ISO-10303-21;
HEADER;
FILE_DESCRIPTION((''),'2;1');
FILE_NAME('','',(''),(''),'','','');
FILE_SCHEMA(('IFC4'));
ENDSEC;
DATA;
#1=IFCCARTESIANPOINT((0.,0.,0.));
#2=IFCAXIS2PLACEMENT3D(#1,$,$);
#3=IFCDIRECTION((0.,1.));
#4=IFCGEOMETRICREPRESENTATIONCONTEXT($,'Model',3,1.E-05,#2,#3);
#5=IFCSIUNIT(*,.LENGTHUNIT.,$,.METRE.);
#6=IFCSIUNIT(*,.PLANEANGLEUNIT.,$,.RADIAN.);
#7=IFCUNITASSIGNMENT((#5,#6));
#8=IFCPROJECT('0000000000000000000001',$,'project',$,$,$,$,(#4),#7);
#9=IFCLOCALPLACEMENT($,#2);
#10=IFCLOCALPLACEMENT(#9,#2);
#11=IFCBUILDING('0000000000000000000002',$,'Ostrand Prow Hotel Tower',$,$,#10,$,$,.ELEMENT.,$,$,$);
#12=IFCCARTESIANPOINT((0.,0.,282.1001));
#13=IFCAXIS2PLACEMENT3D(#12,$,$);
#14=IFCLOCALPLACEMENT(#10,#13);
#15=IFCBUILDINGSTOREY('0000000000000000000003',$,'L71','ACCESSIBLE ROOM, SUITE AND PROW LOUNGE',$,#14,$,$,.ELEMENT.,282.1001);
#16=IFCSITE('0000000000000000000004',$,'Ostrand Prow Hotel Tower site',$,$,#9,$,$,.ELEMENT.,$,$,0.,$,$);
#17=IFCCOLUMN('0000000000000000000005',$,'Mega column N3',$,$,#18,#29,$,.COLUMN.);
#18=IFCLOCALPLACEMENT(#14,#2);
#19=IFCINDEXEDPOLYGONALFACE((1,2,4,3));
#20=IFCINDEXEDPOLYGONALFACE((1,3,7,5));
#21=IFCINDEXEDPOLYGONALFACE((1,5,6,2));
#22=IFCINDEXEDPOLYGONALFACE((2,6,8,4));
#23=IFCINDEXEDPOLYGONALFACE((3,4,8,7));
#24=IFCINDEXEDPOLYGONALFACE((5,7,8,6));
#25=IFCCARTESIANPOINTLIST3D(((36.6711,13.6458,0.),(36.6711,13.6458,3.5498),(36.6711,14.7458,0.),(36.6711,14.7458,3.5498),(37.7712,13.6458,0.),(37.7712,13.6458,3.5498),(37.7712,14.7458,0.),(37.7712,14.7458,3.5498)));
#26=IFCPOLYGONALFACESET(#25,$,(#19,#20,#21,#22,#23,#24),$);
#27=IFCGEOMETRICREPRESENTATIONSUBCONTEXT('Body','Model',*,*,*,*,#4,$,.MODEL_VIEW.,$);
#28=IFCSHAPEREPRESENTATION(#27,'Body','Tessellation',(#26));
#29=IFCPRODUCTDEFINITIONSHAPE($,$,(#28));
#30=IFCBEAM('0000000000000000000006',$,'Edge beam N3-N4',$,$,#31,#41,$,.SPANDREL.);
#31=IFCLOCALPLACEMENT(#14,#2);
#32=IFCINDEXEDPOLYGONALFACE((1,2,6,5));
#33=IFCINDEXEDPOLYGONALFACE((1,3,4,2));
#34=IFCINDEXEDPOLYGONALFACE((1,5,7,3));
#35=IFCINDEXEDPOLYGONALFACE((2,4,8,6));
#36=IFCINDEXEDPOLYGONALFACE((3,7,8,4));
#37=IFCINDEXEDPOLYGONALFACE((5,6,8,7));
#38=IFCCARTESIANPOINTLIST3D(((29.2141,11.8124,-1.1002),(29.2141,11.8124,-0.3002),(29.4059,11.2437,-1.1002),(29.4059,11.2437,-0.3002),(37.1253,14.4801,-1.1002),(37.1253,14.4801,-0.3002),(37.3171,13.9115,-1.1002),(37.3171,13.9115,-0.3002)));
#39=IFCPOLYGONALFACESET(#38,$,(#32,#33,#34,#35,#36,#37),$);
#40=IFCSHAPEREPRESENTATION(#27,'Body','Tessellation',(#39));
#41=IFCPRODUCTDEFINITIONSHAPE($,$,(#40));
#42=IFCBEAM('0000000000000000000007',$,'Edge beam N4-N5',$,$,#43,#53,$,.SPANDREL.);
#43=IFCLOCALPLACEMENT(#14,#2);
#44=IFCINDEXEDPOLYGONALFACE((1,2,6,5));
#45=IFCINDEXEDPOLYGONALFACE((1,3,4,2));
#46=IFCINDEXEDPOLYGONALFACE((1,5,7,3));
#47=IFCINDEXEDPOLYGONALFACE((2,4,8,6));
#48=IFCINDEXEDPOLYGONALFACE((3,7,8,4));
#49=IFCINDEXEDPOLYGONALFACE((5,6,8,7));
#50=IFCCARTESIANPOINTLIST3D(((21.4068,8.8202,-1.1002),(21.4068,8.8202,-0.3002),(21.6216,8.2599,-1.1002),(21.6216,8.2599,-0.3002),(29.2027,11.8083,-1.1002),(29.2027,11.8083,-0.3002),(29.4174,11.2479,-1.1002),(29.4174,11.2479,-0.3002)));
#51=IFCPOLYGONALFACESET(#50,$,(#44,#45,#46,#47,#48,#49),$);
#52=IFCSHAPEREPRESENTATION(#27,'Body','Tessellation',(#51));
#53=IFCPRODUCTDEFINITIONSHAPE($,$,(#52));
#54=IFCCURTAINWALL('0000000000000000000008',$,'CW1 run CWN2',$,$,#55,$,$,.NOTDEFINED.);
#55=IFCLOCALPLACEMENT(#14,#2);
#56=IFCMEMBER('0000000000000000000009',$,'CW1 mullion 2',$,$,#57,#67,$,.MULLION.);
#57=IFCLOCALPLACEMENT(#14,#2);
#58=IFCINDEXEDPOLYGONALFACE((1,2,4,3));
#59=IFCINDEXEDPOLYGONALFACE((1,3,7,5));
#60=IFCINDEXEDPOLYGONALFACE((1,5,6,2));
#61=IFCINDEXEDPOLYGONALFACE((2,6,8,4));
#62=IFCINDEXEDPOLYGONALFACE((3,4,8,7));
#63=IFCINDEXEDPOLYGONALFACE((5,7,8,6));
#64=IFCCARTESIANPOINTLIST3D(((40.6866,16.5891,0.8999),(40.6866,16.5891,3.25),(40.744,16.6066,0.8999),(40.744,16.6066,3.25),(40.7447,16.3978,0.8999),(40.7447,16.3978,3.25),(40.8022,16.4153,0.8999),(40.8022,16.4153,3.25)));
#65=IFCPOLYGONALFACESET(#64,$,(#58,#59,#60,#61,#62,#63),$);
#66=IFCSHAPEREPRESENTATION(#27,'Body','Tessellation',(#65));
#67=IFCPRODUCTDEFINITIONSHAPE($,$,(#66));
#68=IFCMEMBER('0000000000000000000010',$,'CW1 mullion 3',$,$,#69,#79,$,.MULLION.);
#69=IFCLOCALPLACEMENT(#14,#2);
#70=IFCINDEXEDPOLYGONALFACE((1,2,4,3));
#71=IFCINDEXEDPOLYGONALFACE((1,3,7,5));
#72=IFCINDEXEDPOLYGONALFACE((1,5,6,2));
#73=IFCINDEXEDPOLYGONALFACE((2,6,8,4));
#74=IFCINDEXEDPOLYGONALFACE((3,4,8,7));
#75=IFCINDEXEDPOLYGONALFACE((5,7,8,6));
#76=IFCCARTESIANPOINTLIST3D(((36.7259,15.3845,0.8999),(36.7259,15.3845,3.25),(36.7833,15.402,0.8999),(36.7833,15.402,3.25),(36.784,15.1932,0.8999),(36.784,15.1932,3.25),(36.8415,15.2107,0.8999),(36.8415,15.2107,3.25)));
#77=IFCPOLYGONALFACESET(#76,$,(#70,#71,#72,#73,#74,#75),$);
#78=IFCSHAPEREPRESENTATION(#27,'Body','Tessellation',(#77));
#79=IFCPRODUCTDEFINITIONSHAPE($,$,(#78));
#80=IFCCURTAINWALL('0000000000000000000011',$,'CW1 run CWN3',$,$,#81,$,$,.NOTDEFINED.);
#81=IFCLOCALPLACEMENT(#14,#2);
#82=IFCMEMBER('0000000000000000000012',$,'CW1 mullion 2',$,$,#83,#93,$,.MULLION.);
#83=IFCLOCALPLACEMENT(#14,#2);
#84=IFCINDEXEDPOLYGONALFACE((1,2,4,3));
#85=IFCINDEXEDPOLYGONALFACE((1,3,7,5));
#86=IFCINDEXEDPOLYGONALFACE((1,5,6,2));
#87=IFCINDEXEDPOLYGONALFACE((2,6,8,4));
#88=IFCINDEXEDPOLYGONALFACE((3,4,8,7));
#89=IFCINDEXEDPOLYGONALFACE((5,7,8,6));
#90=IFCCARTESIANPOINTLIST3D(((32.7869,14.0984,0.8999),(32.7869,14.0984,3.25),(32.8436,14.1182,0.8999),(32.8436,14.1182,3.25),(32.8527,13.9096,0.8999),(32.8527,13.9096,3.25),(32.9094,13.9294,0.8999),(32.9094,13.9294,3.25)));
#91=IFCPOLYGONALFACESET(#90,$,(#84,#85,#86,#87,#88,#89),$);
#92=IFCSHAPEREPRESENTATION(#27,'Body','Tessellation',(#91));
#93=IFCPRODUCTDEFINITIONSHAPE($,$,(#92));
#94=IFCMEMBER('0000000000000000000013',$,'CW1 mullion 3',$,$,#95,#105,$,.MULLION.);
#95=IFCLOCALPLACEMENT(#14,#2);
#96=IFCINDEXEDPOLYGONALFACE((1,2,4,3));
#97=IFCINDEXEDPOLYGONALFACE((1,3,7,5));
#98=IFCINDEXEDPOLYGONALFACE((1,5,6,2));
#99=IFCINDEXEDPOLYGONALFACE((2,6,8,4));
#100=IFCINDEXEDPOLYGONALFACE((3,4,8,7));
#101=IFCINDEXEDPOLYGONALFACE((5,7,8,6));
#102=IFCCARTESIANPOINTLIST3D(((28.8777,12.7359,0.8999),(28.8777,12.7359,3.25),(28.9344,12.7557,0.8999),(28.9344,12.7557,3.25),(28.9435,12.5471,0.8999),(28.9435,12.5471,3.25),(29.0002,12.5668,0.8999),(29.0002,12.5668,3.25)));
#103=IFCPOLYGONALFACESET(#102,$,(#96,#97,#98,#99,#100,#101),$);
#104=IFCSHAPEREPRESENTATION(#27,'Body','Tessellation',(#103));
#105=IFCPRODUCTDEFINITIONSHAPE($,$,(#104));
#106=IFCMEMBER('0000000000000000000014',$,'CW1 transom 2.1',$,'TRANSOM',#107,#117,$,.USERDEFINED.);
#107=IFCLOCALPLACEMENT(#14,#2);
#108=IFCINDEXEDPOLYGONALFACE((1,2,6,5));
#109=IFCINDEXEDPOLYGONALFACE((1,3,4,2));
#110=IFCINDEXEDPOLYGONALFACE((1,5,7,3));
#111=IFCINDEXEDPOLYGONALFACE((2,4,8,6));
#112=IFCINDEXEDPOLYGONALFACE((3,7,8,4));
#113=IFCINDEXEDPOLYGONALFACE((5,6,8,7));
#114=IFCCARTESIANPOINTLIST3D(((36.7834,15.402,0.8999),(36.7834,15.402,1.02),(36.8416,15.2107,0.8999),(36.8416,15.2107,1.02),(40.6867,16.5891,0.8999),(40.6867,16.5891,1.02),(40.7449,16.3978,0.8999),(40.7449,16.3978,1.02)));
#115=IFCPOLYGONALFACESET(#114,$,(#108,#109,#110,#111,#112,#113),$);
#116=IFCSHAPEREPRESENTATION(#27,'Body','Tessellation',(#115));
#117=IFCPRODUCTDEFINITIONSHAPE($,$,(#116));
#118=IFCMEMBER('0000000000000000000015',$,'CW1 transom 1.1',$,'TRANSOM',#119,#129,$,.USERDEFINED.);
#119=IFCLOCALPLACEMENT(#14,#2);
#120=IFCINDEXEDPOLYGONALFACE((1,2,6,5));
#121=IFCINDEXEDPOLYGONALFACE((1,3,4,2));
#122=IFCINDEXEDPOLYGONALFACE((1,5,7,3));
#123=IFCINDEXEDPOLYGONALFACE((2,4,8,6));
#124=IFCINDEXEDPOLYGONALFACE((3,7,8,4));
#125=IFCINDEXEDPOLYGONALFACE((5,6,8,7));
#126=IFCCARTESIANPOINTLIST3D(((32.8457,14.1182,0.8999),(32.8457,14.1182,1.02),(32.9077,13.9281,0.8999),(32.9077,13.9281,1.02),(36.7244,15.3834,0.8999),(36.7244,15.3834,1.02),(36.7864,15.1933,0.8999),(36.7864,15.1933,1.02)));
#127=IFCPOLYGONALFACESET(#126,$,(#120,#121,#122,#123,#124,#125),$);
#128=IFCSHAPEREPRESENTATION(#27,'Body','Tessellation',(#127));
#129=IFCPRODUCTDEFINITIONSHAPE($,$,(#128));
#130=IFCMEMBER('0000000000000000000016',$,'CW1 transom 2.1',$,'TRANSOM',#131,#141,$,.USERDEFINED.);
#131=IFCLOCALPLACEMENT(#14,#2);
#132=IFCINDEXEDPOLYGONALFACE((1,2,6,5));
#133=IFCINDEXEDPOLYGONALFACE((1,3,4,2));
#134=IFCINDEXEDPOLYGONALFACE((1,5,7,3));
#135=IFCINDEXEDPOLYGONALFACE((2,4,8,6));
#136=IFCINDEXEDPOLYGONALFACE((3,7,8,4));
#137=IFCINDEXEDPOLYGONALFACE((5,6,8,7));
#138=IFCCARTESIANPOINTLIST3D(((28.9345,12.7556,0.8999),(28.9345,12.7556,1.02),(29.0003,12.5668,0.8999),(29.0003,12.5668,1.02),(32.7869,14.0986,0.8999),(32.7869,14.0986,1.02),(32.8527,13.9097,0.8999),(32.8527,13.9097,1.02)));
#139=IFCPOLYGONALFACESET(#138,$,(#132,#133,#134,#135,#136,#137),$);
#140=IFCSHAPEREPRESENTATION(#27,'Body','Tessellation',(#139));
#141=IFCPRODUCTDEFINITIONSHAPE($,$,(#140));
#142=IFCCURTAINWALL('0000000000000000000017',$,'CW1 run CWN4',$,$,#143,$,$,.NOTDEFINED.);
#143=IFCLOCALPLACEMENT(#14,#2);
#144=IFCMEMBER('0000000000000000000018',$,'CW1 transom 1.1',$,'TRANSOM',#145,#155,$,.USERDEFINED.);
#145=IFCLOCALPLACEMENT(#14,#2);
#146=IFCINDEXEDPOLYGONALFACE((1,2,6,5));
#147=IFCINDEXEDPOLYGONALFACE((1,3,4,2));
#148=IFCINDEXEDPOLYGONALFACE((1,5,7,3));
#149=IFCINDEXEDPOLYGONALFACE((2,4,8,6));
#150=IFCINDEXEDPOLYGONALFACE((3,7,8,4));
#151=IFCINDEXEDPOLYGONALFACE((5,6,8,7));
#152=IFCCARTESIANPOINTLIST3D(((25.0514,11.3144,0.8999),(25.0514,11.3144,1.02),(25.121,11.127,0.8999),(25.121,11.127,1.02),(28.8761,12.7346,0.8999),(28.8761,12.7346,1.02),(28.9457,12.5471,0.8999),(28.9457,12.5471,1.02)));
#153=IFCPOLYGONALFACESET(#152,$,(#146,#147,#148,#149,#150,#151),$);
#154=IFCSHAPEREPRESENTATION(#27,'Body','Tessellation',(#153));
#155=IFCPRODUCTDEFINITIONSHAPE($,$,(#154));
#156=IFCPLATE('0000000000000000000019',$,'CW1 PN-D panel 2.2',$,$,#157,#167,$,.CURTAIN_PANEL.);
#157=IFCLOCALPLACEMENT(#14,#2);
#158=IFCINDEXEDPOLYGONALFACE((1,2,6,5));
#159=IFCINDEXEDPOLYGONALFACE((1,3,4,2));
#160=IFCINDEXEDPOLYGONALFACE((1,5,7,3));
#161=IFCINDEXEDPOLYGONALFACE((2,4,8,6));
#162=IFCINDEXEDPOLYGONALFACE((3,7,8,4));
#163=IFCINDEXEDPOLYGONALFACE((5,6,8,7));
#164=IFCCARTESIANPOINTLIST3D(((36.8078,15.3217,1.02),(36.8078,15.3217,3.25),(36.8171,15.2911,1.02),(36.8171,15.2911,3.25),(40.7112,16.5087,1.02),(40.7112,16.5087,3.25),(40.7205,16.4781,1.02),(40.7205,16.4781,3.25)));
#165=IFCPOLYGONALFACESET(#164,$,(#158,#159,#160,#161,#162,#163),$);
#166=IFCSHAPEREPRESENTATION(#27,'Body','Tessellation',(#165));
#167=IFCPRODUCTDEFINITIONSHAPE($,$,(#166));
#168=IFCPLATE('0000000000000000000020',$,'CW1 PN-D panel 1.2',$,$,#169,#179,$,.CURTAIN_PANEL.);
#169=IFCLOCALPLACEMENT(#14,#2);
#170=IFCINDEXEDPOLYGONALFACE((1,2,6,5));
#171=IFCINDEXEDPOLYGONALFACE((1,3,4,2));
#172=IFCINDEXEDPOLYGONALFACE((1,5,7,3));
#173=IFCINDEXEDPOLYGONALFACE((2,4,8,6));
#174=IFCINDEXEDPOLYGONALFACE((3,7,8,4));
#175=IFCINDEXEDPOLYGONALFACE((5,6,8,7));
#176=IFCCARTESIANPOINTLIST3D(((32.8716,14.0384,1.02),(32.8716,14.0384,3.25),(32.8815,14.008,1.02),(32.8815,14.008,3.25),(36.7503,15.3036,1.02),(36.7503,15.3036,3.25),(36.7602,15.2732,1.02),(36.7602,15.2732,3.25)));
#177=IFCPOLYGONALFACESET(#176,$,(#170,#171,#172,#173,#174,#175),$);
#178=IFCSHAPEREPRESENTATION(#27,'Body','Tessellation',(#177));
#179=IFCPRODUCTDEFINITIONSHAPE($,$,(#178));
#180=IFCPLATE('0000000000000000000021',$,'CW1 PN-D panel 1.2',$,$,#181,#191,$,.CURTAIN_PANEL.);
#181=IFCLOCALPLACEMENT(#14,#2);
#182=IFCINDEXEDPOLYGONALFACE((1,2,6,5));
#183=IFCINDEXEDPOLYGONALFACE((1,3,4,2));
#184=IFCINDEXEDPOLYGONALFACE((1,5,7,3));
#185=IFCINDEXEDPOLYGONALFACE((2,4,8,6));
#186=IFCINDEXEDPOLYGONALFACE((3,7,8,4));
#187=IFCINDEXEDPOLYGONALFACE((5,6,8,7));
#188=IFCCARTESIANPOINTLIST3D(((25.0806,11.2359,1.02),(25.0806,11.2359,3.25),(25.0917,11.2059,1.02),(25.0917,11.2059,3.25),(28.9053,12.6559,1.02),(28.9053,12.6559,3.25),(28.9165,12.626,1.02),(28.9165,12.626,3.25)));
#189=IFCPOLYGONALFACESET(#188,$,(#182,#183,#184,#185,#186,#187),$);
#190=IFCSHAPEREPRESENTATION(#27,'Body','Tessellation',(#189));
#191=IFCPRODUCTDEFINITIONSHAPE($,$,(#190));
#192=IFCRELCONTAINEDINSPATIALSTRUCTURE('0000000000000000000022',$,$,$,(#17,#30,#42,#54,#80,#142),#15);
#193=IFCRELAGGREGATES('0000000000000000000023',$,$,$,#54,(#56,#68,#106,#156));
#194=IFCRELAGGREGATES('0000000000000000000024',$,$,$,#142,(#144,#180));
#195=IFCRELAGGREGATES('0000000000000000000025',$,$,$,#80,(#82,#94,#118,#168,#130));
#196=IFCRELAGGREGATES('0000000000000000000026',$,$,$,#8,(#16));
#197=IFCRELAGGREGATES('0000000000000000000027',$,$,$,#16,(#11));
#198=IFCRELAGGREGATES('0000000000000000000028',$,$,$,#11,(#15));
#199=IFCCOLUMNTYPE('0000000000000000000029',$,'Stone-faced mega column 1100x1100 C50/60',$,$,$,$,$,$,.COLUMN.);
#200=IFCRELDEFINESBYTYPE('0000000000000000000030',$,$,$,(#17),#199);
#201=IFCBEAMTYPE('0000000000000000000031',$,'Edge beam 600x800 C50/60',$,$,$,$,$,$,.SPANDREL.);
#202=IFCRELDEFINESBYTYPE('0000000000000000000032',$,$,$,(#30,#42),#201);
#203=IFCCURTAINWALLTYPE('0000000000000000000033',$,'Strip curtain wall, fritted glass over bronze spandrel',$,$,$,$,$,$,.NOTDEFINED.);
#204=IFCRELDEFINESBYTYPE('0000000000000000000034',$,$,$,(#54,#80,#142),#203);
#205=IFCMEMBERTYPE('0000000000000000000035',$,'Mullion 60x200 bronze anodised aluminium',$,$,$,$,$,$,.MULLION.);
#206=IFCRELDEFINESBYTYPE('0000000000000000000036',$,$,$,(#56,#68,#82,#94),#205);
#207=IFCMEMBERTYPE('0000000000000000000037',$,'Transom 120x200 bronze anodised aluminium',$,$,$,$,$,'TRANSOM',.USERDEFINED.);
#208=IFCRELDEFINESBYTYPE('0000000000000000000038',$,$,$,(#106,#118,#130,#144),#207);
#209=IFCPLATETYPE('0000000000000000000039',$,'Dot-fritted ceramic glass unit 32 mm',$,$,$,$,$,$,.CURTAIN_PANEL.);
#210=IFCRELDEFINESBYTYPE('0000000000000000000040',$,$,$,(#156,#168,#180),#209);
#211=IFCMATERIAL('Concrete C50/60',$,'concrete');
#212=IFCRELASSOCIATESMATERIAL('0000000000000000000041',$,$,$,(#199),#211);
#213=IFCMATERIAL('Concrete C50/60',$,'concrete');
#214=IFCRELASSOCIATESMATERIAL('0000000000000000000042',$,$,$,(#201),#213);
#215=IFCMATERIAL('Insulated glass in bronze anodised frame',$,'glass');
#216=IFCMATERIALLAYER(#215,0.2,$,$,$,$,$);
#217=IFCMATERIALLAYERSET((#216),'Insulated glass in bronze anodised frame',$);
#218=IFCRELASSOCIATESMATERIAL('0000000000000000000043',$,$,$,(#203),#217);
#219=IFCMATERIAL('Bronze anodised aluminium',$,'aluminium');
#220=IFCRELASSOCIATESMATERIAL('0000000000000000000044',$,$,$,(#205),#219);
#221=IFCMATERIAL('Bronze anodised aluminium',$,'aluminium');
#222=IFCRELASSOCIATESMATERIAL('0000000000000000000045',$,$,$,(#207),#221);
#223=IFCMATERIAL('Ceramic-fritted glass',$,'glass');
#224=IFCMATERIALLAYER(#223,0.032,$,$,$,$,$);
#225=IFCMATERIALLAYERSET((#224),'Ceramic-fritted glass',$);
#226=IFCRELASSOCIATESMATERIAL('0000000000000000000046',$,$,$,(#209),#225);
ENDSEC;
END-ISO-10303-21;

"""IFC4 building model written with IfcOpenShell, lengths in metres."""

from ifc_helpers import new_model, si_unit, direction, frame, origin, origin_2d, place, context, subcontext, project, spatial, rectangle, extrude, material, layer, layer_set, material_profile, profile_set, type_object, element, aggregate, save


model = new_model("IFC4")

# Units and contexts
model_context = context("Model", 3, precision=1e-05, world=origin(), true_north=direction((0.0, 1.0)))
body_context = subcontext(model_context, "Body", "Model", "MODEL_VIEW")
ifc_project = project(units=[si_unit("LENGTHUNIT", "METRE"), si_unit("PLANEANGLEUNIT", "RADIAN")], contexts=[model_context])

# Site, building, storey
site_placement = place(None, origin())
site = spatial("IfcSite", under=ifc_project, at=site_placement, Name="Ostrand Prow Hotel Tower site", CompositionType="ELEMENT", RefElevation=0.0)
building_placement = place(site_placement, origin())
building = spatial("IfcBuilding", under=site, at=building_placement, Name="Ostrand Prow Hotel Tower", CompositionType="ELEMENT")
storey_placement = place(building_placement, frame((0.0, 0.0, 282.1001)))
storey = spatial("IfcBuildingStorey", under=building, at=storey_placement, Name="L71", Description="ACCESSIBLE ROOM, SUITE AND PROW LOUNGE", CompositionType="ELEMENT", Elevation=282.1001)

# Column
ifc_material_1 = material(Name="Concrete C50/60", Category="concrete")
ifc_material_profile_1 = material_profile(ifc_material_1, rectangle(XDim=1.1001, YDim=1.1001, at=origin_2d()), Name="RC 1100x1100")
ifc_profile_set_1 = profile_set([ifc_material_profile_1], Name="Concrete C50/60")
column_type = type_object("IfcColumnType", Name="Stone-faced mega column 1100x1100 C50/60", PredefinedType="COLUMN", material=ifc_profile_set_1)
column_placement = place(storey_placement, frame((37.2212, 14.1958, 0.0), z_axis=(0.0, 0.0, 1.0), x_axis=(1.0, 0.0, 0.0)))
element("IfcColumn", 1, at=column_placement, inside=storey, type_object=column_type, Name="Mega column N3", PredefinedType="COLUMN", context=body_context, shape_type="SweptSolid", body=[
    extrude(rectangle(XDim=1.1001, YDim=1.1001, at=origin_2d()), origin(), (0.0, 0.0, 1.0), 3.5498),
])

# Beams
ifc_material_2 = material(Name="Concrete C50/60", Category="concrete")
ifc_material_profile_2 = material_profile(ifc_material_2, rectangle(XDim=0.6001, YDim=0.8, at=origin_2d()), Name="RC 600x800")
ifc_profile_set_2 = profile_set([ifc_material_profile_2], Name="Concrete C50/60")
beam_type = type_object("IfcBeamType", Name="Edge beam 600x800 C50/60", PredefinedType="SPANDREL", material=ifc_profile_set_2)
for number, where, z_axis, x_axis, name in (
    (2, (37.2212, 14.1958, -0.7002), (-0.947575, -0.319533, 0.0), (0.319533, -0.947575, 0.0), "Edge beam N3-N4"),
    (3, (29.3101, 11.5281, -0.7002), (-0.933762, -0.357895, 0.0), (0.357895, -0.933762, 0.0), "Edge beam N4-N5"),
):
    element("IfcBeam", number, at=place(storey_placement, frame(where, z_axis=z_axis, x_axis=x_axis)), inside=storey, type_object=beam_type, Name=name, PredefinedType="SPANDREL", context=body_context, shape_type="SweptSolid", body=[
        extrude(rectangle(XDim=0.6001, YDim=0.8, at=origin_2d()), origin(), (0.0, 0.0, 1.0), 8.3489),
    ])

# Curtain walls, members
ifc_material_3 = material(Name="Insulated glass in bronze anodised frame", Category="glass")
ifc_layer_1 = layer(ifc_material_3, 0.2)
ifc_layer_set_1 = layer_set([ifc_layer_1], Name="Insulated glass in bronze anodised frame")
curtain_wall_type = type_object("IfcCurtainWallType", Name="Strip curtain wall, fritted glass over bronze spandrel", PredefinedType="NOTDEFINED", material=ifc_layer_set_1)
curtain_wall_1_placement = place(storey_placement, origin())
curtain_wall_1 = element("IfcCurtainWall", 4, at=curtain_wall_1_placement, inside=storey, type_object=curtain_wall_type, Name="CW1 run CWN2", PredefinedType="NOTDEFINED")
ifc_material_4 = material(Name="Bronze anodised aluminium", Category="aluminium")
ifc_material_profile_3 = material_profile(ifc_material_4, rectangle(XDim=0.2, YDim=0.0601, at=origin_2d()), Name="Mullion 60x200 bronze anodised aluminium")
ifc_profile_set_3 = profile_set([ifc_material_profile_3], Name="Bronze anodised aluminium")
member_type_1 = type_object("IfcMemberType", Name="Mullion 60x200 bronze anodised aluminium", PredefinedType="MULLION", material=ifc_profile_set_3)
member_1_placement = place(storey_placement, frame((40.7444, 16.5022, 0.8999), z_axis=(0.0, 0.0, 1.0), x_axis=(0.290938, -0.956742, 0.0)))
member_1 = element("IfcMember", 5, at=member_1_placement, type_object=member_type_1, Name="CW1 mullion 2", PredefinedType="MULLION", context=body_context, shape_type="SweptSolid", body=[
    extrude(rectangle(XDim=0.2, YDim=0.0601, at=origin_2d()), origin(), (0.0, 0.0, 1.0), 2.3501),
])
member_2_placement = place(storey_placement, frame((36.7837, 15.2976, 0.8999), z_axis=(0.0, 0.0, 1.0), x_axis=(0.290938, -0.956742, 0.0)))
member_2 = element("IfcMember", 6, at=member_2_placement, type_object=member_type_1, Name="CW1 mullion 3", PredefinedType="MULLION", context=body_context, shape_type="SweptSolid", body=[
    extrude(rectangle(XDim=0.2, YDim=0.0601, at=origin_2d()), origin(), (0.0, 0.0, 1.0), 2.3501),
])
curtain_wall_2_placement = place(storey_placement, origin())
curtain_wall_2 = element("IfcCurtainWall", 7, at=curtain_wall_2_placement, inside=storey, type_object=curtain_wall_type, Name="CW1 run CWN3", PredefinedType="NOTDEFINED")
member_3_placement = place(storey_placement, frame((32.8481, 14.0139, 0.8999), z_axis=(0.0, 0.0, 1.0), x_axis=(0.329158, -0.944275, 0.0)))
member_3 = element("IfcMember", 8, at=member_3_placement, type_object=member_type_1, Name="CW1 mullion 2", PredefinedType="MULLION", context=body_context, shape_type="SweptSolid", body=[
    extrude(rectangle(XDim=0.2, YDim=0.0601, at=origin_2d()), origin(), (0.0, 0.0, 1.0), 2.3501),
])
member_4_placement = place(storey_placement, frame((28.939, 12.6514, 0.8999), z_axis=(0.0, 0.0, 1.0), x_axis=(0.329158, -0.944275, 0.0)))
member_4 = element("IfcMember", 9, at=member_4_placement, type_object=member_type_1, Name="CW1 mullion 3", PredefinedType="MULLION", context=body_context, shape_type="SweptSolid", body=[
    extrude(rectangle(XDim=0.2, YDim=0.0601, at=origin_2d()), origin(), (0.0, 0.0, 1.0), 2.3501),
])

# Members
ifc_material_5 = material(Name="Bronze anodised aluminium", Category="aluminium")
ifc_material_profile_4 = material_profile(ifc_material_5, rectangle(XDim=0.2, YDim=0.1201, at=origin_2d()), Name="Transom 120x200 bronze anodised aluminium")
ifc_profile_set_4 = profile_set([ifc_material_profile_4], Name="Bronze anodised aluminium")
member_type_2 = type_object("IfcMemberType", Name="Transom 120x200 bronze anodised aluminium", ElementType="TRANSOM", PredefinedType="USERDEFINED", material=ifc_profile_set_4)
member_5_placement = place(storey_placement, frame((40.7158, 16.4934, 0.96), z_axis=(-0.956739, -0.290947, 0.0), x_axis=(0.290947, -0.956739, 0.0)))
member_5 = element("IfcMember", 10, at=member_5_placement, type_object=member_type_2, Name="CW1 transom 2.1", ObjectType="TRANSOM", PredefinedType="USERDEFINED", context=body_context, shape_type="SweptSolid", body=[
    extrude(rectangle(XDim=0.2, YDim=0.1201, at=origin_2d()), origin(), (0.0, 0.0, 1.0), 4.0798),
])
member_6_placement = place(storey_placement, frame((36.7554, 15.2883, 0.96), z_axis=(-0.950704, -0.310099, 0.0), x_axis=(0.310099, -0.950704, 0.0)))
member_6 = element("IfcMember", 11, at=member_6_placement, type_object=member_type_2, Name="CW1 transom 1.1", ObjectType="TRANSOM", PredefinedType="USERDEFINED", context=body_context, shape_type="SweptSolid", body=[
    extrude(rectangle(XDim=0.2, YDim=0.1201, at=origin_2d()), origin(), (0.0, 0.0, 1.0), 4.0798),
])
member_7_placement = place(storey_placement, frame((32.8198, 14.0042, 0.96), z_axis=(-0.944268, -0.329177, 0.0), x_axis=(0.329177, -0.944268, 0.0)))
member_7 = element("IfcMember", 12, at=member_7_placement, type_object=member_type_2, Name="CW1 transom 2.1", ObjectType="TRANSOM", PredefinedType="USERDEFINED", context=body_context, shape_type="SweptSolid", body=[
    extrude(rectangle(XDim=0.2, YDim=0.1201, at=origin_2d()), origin(), (0.0, 0.0, 1.0), 4.0798),
])

# Curtain wall, member
curtain_wall_3_placement = place(storey_placement, origin())
curtain_wall_3 = element("IfcCurtainWall", 13, at=curtain_wall_3_placement, inside=storey, type_object=curtain_wall_type, Name="CW1 run CWN4", PredefinedType="NOTDEFINED")
member_8_placement = place(storey_placement, frame((28.9109, 12.6409, 0.96), z_axis=(-0.93746, -0.348092, 0.0), x_axis=(0.348092, -0.93746, 0.0)))
member_8 = element("IfcMember", 14, at=member_8_placement, type_object=member_type_2, Name="CW1 transom 1.1", ObjectType="TRANSOM", PredefinedType="USERDEFINED", context=body_context, shape_type="SweptSolid", body=[
    extrude(rectangle(XDim=0.2, YDim=0.1201, at=origin_2d()), origin(), (0.0, 0.0, 1.0), 4.0798),
])

# Plates
ifc_material_6 = material(Name="Ceramic-fritted glass", Category="glass")
ifc_layer_2 = layer(ifc_material_6, 0.032)
ifc_layer_set_2 = layer_set([ifc_layer_2], Name="Ceramic-fritted glass")
plate_type_1 = type_object("IfcPlateType", Name="Dot-fritted ceramic glass unit 32 mm", PredefinedType="CURTAIN_PANEL", material=ifc_layer_set_2)
plate_1_placement = place(storey_placement, frame((38.7642, 15.8999, 1.02), z_axis=(0.0, 0.0, 1.0), x_axis=(-0.956742, -0.290938, 0.0)))
plate_1 = element("IfcPlate", 15, at=plate_1_placement, type_object=plate_type_1, Name="CW1 PN-D panel 2.2", PredefinedType="CURTAIN_PANEL", context=body_context, shape_type="SweptSolid", body=[
    extrude(rectangle(XDim=4.0798, YDim=0.032, at=origin_2d()), origin(), (0.0, 0.0, 1.0), 2.23),
])
aggregate(curtain_wall_1, [member_1, member_2, member_5, plate_1])
plate_2_placement = place(storey_placement, frame((34.8159, 14.6558, 1.02), z_axis=(0.0, 0.0, 1.0), x_axis=(-0.9507, -0.310111, 0.0)))
plate_2 = element("IfcPlate", 16, at=plate_2_placement, type_object=plate_type_1, Name="CW1 PN-D panel 1.2", PredefinedType="CURTAIN_PANEL", context=body_context, shape_type="SweptSolid", body=[
    extrude(rectangle(XDim=4.0798, YDim=0.032, at=origin_2d()), origin(), (0.0, 0.0, 1.0), 2.23),
])
plate_3_placement = place(storey_placement, frame((26.9985, 11.9309, 1.02), z_axis=(0.0, 0.0, 1.0), x_axis=(-0.937468, -0.348071, 0.0)))
plate_3 = element("IfcPlate", 17, at=plate_3_placement, type_object=plate_type_1, Name="CW1 PN-D panel 1.2", PredefinedType="CURTAIN_PANEL", context=body_context, shape_type="SweptSolid", body=[
    extrude(rectangle(XDim=4.0798, YDim=0.032, at=origin_2d()), origin(), (0.0, 0.0, 1.0), 2.23),
])
aggregate(curtain_wall_3, [member_8, plate_3])
aggregate(curtain_wall_2, [member_3, member_4, member_6, plate_2, member_7])

save(model, "model.ifc")
